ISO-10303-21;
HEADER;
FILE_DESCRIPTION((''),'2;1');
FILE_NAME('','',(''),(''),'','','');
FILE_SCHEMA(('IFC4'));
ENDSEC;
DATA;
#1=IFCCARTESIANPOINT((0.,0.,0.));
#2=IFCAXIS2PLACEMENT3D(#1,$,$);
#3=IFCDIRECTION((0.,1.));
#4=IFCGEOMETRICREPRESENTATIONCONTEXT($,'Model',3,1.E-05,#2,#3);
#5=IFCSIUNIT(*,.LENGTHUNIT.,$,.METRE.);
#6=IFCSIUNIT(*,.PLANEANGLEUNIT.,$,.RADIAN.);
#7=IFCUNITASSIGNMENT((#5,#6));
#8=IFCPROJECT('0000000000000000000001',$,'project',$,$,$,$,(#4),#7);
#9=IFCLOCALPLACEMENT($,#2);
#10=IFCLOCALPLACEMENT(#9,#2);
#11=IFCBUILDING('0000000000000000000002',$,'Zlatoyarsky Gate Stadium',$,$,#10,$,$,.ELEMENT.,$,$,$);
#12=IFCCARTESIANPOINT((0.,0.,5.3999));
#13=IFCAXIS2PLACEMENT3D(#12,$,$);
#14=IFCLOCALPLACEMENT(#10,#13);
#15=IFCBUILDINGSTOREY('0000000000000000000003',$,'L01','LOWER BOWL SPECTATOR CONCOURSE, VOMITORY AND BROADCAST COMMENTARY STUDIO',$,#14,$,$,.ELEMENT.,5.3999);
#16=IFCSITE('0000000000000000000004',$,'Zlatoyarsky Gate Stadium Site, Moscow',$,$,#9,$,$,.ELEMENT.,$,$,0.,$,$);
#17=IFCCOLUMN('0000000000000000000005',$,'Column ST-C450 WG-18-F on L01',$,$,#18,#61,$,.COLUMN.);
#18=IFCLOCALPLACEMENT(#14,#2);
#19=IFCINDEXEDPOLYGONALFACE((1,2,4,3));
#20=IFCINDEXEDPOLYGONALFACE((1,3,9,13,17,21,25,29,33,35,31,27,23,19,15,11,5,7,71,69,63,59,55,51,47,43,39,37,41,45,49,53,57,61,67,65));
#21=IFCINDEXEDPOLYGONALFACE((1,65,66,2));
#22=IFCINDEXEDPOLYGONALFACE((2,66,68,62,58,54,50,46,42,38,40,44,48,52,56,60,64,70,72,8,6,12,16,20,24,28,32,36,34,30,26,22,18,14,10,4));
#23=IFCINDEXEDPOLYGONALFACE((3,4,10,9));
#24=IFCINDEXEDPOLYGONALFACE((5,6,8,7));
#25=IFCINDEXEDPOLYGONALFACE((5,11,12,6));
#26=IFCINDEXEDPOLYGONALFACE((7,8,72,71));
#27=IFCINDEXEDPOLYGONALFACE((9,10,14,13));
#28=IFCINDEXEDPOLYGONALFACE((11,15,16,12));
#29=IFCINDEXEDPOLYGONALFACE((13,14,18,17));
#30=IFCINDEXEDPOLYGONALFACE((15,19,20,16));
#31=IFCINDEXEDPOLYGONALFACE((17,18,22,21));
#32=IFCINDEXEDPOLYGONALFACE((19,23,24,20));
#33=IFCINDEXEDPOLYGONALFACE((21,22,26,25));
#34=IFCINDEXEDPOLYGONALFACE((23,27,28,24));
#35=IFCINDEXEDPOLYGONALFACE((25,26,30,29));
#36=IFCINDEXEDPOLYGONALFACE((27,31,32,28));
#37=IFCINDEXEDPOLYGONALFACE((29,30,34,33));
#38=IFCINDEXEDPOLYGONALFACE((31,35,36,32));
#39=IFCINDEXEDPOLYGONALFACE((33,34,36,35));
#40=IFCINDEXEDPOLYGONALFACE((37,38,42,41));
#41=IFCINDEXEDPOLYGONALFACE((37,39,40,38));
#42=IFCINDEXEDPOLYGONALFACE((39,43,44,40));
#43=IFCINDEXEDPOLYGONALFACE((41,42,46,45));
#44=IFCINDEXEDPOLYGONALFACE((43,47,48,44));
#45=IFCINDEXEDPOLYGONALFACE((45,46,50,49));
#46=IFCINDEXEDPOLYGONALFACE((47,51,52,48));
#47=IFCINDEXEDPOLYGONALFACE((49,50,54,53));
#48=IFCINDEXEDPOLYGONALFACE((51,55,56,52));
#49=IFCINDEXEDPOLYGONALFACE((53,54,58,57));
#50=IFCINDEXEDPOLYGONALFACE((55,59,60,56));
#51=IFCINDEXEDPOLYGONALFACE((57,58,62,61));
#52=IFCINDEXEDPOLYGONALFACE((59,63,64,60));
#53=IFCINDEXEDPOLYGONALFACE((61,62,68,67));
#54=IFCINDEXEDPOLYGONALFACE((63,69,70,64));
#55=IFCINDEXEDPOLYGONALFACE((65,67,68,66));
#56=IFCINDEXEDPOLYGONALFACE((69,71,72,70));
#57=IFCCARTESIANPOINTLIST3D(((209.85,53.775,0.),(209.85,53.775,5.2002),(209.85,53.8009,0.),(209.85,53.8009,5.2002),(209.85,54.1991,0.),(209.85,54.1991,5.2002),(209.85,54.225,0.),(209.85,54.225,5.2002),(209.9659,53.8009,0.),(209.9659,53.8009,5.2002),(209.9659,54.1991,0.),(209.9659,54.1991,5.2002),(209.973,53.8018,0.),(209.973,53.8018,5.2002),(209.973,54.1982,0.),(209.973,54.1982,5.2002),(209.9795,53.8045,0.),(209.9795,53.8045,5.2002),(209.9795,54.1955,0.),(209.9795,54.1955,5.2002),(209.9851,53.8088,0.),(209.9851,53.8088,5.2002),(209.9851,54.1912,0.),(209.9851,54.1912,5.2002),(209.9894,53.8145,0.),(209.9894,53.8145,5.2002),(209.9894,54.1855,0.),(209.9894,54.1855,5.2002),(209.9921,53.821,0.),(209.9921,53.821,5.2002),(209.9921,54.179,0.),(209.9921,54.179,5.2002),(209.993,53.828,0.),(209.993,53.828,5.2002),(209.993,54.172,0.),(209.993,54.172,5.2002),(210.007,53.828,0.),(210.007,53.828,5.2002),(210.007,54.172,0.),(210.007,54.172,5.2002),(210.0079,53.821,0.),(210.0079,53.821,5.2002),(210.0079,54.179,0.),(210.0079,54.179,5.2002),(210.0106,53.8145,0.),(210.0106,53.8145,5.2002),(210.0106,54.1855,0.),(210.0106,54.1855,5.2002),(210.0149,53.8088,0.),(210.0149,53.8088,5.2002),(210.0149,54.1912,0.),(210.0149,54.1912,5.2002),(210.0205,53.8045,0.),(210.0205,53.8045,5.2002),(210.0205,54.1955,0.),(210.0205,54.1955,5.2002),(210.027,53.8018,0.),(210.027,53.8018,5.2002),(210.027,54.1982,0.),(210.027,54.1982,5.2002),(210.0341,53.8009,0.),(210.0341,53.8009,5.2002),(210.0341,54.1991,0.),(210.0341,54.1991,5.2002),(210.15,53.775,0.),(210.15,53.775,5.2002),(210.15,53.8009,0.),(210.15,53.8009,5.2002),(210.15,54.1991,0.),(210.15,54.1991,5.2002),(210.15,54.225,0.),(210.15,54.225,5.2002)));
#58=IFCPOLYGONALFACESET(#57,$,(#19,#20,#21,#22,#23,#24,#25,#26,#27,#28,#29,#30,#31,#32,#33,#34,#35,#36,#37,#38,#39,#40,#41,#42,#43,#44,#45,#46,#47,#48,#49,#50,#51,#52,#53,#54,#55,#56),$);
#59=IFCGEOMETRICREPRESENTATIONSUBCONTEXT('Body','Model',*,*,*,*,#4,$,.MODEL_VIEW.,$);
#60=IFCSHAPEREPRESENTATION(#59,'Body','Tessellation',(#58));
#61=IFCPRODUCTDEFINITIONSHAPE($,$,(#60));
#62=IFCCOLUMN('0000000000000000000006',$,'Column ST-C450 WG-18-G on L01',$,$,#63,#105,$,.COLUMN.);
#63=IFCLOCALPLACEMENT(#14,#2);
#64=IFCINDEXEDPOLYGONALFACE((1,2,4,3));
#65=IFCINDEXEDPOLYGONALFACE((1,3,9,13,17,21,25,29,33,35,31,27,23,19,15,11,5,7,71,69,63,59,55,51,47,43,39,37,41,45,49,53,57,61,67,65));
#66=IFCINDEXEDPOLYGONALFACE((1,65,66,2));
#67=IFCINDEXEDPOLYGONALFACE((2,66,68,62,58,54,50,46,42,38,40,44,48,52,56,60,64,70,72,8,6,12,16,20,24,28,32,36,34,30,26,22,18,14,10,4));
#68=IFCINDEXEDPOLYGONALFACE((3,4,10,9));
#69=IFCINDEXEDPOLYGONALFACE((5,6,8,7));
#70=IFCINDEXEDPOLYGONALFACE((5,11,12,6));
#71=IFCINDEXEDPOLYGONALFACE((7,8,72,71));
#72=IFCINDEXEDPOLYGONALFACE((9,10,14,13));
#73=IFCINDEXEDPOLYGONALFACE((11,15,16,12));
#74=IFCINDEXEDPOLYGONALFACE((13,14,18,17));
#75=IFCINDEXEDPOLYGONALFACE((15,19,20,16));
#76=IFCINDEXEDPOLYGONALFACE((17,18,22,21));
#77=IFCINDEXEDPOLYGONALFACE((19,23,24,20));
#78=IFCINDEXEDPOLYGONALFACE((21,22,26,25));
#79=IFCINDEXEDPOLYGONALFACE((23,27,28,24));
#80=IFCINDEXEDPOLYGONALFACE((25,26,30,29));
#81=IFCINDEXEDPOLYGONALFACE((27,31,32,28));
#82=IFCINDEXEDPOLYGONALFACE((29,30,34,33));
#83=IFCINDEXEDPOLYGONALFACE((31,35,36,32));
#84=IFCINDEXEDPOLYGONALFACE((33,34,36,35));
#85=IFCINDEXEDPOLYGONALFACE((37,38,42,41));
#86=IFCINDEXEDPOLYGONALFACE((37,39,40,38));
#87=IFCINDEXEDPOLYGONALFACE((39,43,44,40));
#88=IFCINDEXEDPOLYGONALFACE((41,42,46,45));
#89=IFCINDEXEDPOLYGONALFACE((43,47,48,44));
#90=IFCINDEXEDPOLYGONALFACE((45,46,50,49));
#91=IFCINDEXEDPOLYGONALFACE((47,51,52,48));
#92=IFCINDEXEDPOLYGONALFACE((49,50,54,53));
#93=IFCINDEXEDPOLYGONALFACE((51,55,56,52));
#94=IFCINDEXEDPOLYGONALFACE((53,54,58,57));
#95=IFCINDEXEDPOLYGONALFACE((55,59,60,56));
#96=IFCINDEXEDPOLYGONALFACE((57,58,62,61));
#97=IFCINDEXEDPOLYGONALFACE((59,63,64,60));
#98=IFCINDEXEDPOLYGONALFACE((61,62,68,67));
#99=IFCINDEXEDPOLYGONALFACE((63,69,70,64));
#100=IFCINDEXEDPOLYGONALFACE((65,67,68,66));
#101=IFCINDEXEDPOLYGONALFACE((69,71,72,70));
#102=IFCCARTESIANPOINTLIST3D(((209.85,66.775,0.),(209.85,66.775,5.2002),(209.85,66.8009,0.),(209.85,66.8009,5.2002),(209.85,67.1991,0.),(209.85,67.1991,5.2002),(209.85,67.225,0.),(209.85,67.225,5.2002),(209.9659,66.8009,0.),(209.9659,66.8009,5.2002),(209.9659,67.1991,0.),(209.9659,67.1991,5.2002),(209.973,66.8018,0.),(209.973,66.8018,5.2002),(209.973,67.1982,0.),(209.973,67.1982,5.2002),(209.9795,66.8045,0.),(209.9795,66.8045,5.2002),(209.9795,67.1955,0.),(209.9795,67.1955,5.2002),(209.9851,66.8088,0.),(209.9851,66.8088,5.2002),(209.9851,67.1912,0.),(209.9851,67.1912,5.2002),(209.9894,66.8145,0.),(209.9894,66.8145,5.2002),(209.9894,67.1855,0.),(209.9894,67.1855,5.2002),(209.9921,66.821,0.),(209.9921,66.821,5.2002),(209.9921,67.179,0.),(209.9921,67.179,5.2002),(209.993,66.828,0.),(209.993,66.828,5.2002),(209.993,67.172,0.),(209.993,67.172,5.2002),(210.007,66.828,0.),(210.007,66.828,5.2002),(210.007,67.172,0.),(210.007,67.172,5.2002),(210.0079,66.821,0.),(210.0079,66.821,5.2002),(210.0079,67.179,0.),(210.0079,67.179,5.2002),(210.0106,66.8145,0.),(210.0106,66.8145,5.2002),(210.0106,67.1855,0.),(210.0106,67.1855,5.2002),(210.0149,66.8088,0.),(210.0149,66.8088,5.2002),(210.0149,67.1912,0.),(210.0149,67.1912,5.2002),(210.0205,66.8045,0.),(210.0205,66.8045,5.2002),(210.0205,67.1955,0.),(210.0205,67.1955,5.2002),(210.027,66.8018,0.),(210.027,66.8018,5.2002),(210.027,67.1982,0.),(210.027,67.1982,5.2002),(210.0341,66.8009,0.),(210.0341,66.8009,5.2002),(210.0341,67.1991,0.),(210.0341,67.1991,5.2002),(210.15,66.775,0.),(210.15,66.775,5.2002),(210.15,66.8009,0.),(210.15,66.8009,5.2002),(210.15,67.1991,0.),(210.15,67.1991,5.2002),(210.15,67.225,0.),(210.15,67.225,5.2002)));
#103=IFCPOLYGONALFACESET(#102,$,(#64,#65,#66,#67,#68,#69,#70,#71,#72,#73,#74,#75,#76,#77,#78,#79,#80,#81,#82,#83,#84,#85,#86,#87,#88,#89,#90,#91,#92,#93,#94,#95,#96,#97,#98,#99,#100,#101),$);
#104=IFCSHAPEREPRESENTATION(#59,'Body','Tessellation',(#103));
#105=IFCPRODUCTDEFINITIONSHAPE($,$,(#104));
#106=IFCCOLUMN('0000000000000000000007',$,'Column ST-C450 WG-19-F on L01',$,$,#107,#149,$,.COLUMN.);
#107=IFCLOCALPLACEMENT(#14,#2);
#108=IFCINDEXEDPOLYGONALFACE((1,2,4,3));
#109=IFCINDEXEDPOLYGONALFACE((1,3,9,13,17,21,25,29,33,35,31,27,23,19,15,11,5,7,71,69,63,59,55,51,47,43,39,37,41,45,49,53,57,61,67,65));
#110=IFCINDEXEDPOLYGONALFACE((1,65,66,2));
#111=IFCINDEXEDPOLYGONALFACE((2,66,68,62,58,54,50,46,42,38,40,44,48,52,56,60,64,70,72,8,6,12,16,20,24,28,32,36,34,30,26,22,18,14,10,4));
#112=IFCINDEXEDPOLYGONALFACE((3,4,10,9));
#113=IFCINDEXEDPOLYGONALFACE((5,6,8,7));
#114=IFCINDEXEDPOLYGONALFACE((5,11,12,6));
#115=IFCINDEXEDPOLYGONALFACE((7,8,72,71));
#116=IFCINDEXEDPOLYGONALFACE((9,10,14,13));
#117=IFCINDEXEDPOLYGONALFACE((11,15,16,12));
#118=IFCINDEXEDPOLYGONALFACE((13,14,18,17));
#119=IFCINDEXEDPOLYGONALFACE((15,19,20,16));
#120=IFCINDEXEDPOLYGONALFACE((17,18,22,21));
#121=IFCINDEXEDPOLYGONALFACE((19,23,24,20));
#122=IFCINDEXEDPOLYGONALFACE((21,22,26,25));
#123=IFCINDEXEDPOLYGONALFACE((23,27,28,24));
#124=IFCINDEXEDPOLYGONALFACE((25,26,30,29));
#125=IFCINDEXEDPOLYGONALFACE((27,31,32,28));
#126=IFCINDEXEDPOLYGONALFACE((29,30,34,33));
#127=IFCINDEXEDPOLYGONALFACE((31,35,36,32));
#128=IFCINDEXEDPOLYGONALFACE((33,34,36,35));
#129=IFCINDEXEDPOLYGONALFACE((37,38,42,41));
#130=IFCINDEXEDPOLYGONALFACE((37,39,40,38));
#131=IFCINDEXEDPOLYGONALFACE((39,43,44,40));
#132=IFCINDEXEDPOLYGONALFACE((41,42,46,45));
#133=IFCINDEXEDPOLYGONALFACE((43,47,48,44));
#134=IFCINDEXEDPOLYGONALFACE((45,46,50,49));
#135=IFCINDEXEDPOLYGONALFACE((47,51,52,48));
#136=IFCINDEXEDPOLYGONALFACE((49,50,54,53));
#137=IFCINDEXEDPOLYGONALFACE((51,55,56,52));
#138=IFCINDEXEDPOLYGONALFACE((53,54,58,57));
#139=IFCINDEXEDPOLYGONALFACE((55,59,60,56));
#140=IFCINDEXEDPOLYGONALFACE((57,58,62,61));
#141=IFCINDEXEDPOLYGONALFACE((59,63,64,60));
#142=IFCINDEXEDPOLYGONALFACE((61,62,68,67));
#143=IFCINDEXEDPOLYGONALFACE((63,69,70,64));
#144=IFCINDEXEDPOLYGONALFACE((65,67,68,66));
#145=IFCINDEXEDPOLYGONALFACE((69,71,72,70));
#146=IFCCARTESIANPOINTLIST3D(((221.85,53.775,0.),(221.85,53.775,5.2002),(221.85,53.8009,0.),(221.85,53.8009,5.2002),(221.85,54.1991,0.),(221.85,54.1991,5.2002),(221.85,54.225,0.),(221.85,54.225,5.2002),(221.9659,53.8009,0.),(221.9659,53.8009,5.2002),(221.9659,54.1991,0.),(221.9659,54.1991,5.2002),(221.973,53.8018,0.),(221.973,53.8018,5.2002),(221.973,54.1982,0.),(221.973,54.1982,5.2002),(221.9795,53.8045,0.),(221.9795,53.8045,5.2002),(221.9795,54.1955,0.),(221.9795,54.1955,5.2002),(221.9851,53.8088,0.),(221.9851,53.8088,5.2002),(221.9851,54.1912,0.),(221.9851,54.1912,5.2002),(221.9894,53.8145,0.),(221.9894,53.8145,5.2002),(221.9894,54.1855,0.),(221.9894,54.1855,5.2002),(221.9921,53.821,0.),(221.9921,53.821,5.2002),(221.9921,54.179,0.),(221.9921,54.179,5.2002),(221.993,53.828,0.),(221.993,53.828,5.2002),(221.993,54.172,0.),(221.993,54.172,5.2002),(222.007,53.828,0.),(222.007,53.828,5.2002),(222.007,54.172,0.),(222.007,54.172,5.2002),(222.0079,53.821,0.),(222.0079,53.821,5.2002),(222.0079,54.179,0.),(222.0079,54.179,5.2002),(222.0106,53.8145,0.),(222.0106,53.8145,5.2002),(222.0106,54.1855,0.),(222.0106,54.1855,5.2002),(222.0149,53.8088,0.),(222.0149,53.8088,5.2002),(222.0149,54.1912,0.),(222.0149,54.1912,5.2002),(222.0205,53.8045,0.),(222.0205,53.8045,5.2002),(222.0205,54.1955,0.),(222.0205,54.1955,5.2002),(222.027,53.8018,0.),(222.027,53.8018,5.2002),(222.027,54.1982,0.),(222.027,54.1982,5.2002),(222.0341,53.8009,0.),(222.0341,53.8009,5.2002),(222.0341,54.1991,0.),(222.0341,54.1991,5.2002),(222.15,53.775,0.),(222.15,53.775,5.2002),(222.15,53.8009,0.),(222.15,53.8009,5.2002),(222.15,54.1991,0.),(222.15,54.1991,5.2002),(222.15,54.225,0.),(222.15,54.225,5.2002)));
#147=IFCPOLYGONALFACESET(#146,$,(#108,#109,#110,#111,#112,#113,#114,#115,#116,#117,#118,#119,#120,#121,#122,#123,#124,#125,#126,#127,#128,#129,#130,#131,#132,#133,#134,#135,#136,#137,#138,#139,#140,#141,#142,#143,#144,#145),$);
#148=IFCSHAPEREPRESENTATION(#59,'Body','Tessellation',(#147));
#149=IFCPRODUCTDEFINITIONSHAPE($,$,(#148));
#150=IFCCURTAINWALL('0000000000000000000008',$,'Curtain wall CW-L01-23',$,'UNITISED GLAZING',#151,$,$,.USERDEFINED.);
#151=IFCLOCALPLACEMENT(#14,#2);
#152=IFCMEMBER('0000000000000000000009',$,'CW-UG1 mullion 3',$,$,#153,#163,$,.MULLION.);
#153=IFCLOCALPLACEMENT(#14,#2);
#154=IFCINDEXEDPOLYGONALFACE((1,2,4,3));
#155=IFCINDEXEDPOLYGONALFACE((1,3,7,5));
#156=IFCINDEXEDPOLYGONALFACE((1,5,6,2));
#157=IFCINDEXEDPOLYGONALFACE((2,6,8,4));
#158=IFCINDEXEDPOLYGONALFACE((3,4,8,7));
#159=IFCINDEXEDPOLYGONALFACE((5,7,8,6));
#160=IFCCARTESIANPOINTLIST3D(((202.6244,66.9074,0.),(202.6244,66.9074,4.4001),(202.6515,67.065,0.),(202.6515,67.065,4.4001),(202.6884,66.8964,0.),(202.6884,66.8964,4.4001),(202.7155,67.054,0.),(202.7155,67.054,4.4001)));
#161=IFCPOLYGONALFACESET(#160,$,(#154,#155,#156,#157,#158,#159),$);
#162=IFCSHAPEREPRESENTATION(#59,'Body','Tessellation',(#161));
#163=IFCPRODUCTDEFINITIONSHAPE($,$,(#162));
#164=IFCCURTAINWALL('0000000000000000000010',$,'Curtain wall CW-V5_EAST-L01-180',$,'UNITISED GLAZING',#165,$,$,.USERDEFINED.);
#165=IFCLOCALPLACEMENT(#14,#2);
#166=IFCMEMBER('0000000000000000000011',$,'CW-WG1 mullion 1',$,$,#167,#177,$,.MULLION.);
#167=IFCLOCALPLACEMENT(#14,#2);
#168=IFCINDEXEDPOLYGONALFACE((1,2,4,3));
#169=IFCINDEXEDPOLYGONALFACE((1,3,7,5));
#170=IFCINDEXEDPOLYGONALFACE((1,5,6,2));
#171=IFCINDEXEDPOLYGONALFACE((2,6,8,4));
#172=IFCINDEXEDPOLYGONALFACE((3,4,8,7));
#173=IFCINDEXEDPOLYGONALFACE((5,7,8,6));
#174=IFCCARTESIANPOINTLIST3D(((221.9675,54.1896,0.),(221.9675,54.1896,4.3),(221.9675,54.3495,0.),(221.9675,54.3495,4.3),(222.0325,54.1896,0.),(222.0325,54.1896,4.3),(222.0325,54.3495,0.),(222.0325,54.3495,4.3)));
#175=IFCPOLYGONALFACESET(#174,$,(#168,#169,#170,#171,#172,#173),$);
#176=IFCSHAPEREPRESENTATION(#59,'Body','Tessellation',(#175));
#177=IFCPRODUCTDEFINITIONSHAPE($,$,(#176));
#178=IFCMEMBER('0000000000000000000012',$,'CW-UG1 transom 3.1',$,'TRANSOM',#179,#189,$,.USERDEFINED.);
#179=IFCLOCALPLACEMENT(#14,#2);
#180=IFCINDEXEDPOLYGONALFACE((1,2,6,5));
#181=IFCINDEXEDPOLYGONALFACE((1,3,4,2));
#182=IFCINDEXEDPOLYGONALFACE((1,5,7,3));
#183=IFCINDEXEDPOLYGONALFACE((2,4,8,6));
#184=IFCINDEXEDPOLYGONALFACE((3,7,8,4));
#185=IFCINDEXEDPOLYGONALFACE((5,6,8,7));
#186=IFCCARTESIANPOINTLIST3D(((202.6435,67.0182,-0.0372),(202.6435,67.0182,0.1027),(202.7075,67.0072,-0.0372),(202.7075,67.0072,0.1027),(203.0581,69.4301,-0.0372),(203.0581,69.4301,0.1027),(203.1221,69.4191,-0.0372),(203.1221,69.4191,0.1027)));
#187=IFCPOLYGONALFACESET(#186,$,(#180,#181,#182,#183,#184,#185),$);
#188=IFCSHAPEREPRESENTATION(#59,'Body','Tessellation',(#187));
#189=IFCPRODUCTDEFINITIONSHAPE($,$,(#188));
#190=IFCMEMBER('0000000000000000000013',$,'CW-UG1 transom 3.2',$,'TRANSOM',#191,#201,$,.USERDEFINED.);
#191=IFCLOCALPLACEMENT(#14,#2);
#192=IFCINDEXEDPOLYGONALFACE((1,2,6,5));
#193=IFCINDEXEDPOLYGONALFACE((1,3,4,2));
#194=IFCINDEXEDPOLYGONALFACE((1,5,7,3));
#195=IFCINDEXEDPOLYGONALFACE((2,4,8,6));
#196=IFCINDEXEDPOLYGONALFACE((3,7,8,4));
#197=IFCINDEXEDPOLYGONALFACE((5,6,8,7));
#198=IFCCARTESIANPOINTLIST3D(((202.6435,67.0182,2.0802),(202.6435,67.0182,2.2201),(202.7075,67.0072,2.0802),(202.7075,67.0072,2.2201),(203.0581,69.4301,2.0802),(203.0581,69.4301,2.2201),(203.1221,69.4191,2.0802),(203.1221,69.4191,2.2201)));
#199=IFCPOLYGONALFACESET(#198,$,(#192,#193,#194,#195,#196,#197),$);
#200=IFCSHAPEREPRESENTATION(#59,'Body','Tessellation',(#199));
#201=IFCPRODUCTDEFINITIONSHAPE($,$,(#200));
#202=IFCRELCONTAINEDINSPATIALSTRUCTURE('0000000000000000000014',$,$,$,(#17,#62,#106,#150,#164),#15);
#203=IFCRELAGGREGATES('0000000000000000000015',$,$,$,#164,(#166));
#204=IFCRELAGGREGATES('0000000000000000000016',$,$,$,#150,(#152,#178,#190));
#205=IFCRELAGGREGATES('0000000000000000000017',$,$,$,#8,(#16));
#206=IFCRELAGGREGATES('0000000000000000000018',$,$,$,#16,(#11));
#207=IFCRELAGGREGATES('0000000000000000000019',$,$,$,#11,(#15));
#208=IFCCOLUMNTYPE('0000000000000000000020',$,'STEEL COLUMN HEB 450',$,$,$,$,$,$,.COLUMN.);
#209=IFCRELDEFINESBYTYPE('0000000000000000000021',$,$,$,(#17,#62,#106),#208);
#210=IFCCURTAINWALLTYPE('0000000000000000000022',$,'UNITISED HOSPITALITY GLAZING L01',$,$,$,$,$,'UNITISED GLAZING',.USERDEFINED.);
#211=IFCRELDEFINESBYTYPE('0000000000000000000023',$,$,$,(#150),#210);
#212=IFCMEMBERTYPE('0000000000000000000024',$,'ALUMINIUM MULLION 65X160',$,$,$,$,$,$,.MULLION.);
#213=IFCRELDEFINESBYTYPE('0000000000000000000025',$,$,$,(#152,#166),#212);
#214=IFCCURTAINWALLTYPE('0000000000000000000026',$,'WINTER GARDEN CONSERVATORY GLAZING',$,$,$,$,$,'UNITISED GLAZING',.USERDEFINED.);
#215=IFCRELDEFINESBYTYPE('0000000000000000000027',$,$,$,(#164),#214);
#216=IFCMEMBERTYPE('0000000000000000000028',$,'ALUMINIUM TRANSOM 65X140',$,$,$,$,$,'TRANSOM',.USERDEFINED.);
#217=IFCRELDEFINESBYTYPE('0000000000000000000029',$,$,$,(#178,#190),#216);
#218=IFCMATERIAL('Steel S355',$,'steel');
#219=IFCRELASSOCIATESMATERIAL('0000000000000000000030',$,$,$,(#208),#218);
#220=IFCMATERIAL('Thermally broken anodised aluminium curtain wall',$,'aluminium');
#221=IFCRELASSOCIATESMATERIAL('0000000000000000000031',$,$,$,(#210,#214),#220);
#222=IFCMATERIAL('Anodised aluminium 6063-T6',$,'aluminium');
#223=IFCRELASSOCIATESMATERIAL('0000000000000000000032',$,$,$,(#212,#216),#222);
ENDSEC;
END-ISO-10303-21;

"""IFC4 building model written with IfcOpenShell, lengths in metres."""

from ifc_helpers import new_model, si_unit, direction, frame, origin, origin_2d, place, context, subcontext, project, spatial, rectangle, i_section, extrude, material, material_profile, profile_set, type_object, element, aggregate, save


model = new_model("IFC4")

# Units and contexts
model_context = context("Model", 3, precision=1e-05, world=origin(), true_north=direction((0.0, 1.0)))
body_context = subcontext(model_context, "Body", "Model", "MODEL_VIEW")
ifc_project = project(units=[si_unit("LENGTHUNIT", "METRE"), si_unit("PLANEANGLEUNIT", "RADIAN")], contexts=[model_context])

# Site, building, storey
site_placement = place(None, origin())
site = spatial("IfcSite", under=ifc_project, at=site_placement, Name="Zlatoyarsky Gate Stadium Site, Moscow", CompositionType="ELEMENT", RefElevation=0.0)
building_placement = place(site_placement, origin())
building = spatial("IfcBuilding", under=site, at=building_placement, Name="Zlatoyarsky Gate Stadium", CompositionType="ELEMENT")
storey_placement = place(building_placement, frame((0.0, 0.0, 5.3999)))
storey = spatial("IfcBuildingStorey", under=building, at=storey_placement, Name="L01", Description="LOWER BOWL SPECTATOR CONCOURSE, VOMITORY AND BROADCAST COMMENTARY STUDIO", CompositionType="ELEMENT", Elevation=5.3999)

# Columns
ifc_material_1 = material(Name="Steel S355", Category="steel")
ifc_material_profile_1 = material_profile(ifc_material_1, i_section(OverallWidth=0.3, OverallDepth=0.45, WebThickness=0.0139, FlangeThickness=0.0259, FilletRadius=0.0271, at=origin_2d()), Name="HEB 450")
ifc_profile_set_1 = profile_set([ifc_material_profile_1], Name="Steel S355")
column_type = type_object("IfcColumnType", Name="STEEL COLUMN HEB 450", PredefinedType="COLUMN", material=ifc_profile_set_1)
for number, where, z_axis, x_axis, name in (
    (1, (210.0, 54.0, 0.0), (0.0, 0.0, 1.0), (1.0, 0.0, 0.0), "Column ST-C450 WG-18-F on L01"),
    (2, (210.0, 67.0, 0.0), (0.0, 0.0, 1.0), (1.0, 0.0, 0.0), "Column ST-C450 WG-18-G on L01"),
    (3, (222.0, 54.0, 0.0), (0.0, 0.0, 1.0), (1.0, 0.0, 0.0), "Column ST-C450 WG-19-F on L01"),
):
    element("IfcColumn", number, at=place(storey_placement, frame(where, z_axis=z_axis, x_axis=x_axis)), inside=storey, type_object=column_type, Name=name, PredefinedType="COLUMN", context=body_context, shape_type="SweptSolid", body=[
        extrude(i_section(OverallWidth=0.3, OverallDepth=0.45, WebThickness=0.0139, FlangeThickness=0.0259, FilletRadius=0.0271, at=origin_2d()), origin(), (0.0, 0.0, 1.0), 5.2002),
    ])

# Curtain walls, members
ifc_material_2 = material(Name="Thermally broken anodised aluminium curtain wall", Category="aluminium")
curtain_wall_type_1 = type_object("IfcCurtainWallType", Name="UNITISED HOSPITALITY GLAZING L01", ElementType="UNITISED GLAZING", PredefinedType="USERDEFINED", material=ifc_material_2)
curtain_wall_1_placement = place(storey_placement, origin())
curtain_wall_1 = element("IfcCurtainWall", 4, at=curtain_wall_1_placement, inside=storey, type_object=curtain_wall_type_1, Name="Curtain wall CW-L01-23", ObjectType="UNITISED GLAZING", PredefinedType="USERDEFINED")
ifc_material_3 = material(Name="Anodised aluminium 6063-T6", Category="aluminium")
ifc_material_profile_2 = material_profile(ifc_material_3, rectangle(XDim=0.0649, YDim=0.1599, at=origin_2d()), Name="ALU 65X160")
ifc_profile_set_2 = profile_set([ifc_material_profile_2], Name="Anodised aluminium 6063-T6")
member_type_1 = type_object("IfcMemberType", Name="ALUMINIUM MULLION 65X160", PredefinedType="MULLION", material=ifc_profile_set_2)
member_1_placement = place(storey_placement, frame((202.6699, 66.9807, 0.0), z_axis=(0.0, 0.0, 1.0), x_axis=(-0.985539, 0.169451, 0.0)))
member_1 = element("IfcMember", 5, at=member_1_placement, type_object=member_type_1, Name="CW-UG1 mullion 3", PredefinedType="MULLION", context=body_context, shape_type="SweptSolid", body=[
    extrude(rectangle(XDim=0.0649, YDim=0.1599, at=origin_2d()), origin(), (0.0, 0.0, 1.0), 4.4001),
])
curtain_wall_type_2 = type_object("IfcCurtainWallType", Name="WINTER GARDEN CONSERVATORY GLAZING", ElementType="UNITISED GLAZING", PredefinedType="USERDEFINED", material=ifc_material_2)
curtain_wall_2_placement = place(storey_placement, origin())
curtain_wall_2 = element("IfcCurtainWall", 6, at=curtain_wall_2_placement, inside=storey, type_object=curtain_wall_type_2, Name="Curtain wall CW-V5_EAST-L01-180", ObjectType="UNITISED GLAZING", PredefinedType="USERDEFINED")
member_2_placement = place(storey_placement, frame((222.0, 54.2695, 0.0), z_axis=(0.0, 0.0, 1.0), x_axis=(-1.0, 0.0, 0.0)))
member_2 = element("IfcMember", 7, at=member_2_placement, type_object=member_type_1, Name="CW-WG1 mullion 1", PredefinedType="MULLION", context=body_context, shape_type="SweptSolid", body=[
    extrude(rectangle(XDim=0.0649, YDim=0.1599, at=origin_2d()), origin(), (0.0, 0.0, 1.0), 4.3),
])

# Members
ifc_material_profile_3 = material_profile(ifc_material_3, rectangle(XDim=0.0649, YDim=0.1399, at=origin_2d()), Name="ALU 65X140")
ifc_profile_set_3 = profile_set([ifc_material_profile_3], Name="Anodised aluminium 6063-T6")
member_type_2 = type_object("IfcMemberType", Name="ALUMINIUM TRANSOM 65X140", ElementType="TRANSOM", PredefinedType="USERDEFINED", material=ifc_profile_set_3)
member_3_placement = place(storey_placement, frame((202.6755, 67.0127, 0.0327), z_axis=(0.169396, 0.985548, 0.0), x_axis=(-0.985548, 0.169396, 0.0)))
member_3 = element("IfcMember", 8, at=member_3_placement, type_object=member_type_2, Name="CW-UG1 transom 3.1", ObjectType="TRANSOM", PredefinedType="USERDEFINED", context=body_context, shape_type="SweptSolid", body=[
    extrude(rectangle(XDim=0.0649, YDim=0.1399, at=origin_2d()), origin(), (0.0, 0.0, 1.0), 2.4473),
])
member_4_placement = place(storey_placement, frame((202.6755, 67.0127, 2.1501), z_axis=(0.169396, 0.985548, 0.0), x_axis=(-0.985548, 0.169396, 0.0)))
member_4 = element("IfcMember", 9, at=member_4_placement, type_object=member_type_2, Name="CW-UG1 transom 3.2", ObjectType="TRANSOM", PredefinedType="USERDEFINED", context=body_context, shape_type="SweptSolid", body=[
    extrude(rectangle(XDim=0.0649, YDim=0.1399, at=origin_2d()), origin(), (0.0, 0.0, 1.0), 2.4473),
])

aggregate(curtain_wall_2, [member_2])

aggregate(curtain_wall_1, [member_1, member_3, member_4])

save(model, "model.ifc")
